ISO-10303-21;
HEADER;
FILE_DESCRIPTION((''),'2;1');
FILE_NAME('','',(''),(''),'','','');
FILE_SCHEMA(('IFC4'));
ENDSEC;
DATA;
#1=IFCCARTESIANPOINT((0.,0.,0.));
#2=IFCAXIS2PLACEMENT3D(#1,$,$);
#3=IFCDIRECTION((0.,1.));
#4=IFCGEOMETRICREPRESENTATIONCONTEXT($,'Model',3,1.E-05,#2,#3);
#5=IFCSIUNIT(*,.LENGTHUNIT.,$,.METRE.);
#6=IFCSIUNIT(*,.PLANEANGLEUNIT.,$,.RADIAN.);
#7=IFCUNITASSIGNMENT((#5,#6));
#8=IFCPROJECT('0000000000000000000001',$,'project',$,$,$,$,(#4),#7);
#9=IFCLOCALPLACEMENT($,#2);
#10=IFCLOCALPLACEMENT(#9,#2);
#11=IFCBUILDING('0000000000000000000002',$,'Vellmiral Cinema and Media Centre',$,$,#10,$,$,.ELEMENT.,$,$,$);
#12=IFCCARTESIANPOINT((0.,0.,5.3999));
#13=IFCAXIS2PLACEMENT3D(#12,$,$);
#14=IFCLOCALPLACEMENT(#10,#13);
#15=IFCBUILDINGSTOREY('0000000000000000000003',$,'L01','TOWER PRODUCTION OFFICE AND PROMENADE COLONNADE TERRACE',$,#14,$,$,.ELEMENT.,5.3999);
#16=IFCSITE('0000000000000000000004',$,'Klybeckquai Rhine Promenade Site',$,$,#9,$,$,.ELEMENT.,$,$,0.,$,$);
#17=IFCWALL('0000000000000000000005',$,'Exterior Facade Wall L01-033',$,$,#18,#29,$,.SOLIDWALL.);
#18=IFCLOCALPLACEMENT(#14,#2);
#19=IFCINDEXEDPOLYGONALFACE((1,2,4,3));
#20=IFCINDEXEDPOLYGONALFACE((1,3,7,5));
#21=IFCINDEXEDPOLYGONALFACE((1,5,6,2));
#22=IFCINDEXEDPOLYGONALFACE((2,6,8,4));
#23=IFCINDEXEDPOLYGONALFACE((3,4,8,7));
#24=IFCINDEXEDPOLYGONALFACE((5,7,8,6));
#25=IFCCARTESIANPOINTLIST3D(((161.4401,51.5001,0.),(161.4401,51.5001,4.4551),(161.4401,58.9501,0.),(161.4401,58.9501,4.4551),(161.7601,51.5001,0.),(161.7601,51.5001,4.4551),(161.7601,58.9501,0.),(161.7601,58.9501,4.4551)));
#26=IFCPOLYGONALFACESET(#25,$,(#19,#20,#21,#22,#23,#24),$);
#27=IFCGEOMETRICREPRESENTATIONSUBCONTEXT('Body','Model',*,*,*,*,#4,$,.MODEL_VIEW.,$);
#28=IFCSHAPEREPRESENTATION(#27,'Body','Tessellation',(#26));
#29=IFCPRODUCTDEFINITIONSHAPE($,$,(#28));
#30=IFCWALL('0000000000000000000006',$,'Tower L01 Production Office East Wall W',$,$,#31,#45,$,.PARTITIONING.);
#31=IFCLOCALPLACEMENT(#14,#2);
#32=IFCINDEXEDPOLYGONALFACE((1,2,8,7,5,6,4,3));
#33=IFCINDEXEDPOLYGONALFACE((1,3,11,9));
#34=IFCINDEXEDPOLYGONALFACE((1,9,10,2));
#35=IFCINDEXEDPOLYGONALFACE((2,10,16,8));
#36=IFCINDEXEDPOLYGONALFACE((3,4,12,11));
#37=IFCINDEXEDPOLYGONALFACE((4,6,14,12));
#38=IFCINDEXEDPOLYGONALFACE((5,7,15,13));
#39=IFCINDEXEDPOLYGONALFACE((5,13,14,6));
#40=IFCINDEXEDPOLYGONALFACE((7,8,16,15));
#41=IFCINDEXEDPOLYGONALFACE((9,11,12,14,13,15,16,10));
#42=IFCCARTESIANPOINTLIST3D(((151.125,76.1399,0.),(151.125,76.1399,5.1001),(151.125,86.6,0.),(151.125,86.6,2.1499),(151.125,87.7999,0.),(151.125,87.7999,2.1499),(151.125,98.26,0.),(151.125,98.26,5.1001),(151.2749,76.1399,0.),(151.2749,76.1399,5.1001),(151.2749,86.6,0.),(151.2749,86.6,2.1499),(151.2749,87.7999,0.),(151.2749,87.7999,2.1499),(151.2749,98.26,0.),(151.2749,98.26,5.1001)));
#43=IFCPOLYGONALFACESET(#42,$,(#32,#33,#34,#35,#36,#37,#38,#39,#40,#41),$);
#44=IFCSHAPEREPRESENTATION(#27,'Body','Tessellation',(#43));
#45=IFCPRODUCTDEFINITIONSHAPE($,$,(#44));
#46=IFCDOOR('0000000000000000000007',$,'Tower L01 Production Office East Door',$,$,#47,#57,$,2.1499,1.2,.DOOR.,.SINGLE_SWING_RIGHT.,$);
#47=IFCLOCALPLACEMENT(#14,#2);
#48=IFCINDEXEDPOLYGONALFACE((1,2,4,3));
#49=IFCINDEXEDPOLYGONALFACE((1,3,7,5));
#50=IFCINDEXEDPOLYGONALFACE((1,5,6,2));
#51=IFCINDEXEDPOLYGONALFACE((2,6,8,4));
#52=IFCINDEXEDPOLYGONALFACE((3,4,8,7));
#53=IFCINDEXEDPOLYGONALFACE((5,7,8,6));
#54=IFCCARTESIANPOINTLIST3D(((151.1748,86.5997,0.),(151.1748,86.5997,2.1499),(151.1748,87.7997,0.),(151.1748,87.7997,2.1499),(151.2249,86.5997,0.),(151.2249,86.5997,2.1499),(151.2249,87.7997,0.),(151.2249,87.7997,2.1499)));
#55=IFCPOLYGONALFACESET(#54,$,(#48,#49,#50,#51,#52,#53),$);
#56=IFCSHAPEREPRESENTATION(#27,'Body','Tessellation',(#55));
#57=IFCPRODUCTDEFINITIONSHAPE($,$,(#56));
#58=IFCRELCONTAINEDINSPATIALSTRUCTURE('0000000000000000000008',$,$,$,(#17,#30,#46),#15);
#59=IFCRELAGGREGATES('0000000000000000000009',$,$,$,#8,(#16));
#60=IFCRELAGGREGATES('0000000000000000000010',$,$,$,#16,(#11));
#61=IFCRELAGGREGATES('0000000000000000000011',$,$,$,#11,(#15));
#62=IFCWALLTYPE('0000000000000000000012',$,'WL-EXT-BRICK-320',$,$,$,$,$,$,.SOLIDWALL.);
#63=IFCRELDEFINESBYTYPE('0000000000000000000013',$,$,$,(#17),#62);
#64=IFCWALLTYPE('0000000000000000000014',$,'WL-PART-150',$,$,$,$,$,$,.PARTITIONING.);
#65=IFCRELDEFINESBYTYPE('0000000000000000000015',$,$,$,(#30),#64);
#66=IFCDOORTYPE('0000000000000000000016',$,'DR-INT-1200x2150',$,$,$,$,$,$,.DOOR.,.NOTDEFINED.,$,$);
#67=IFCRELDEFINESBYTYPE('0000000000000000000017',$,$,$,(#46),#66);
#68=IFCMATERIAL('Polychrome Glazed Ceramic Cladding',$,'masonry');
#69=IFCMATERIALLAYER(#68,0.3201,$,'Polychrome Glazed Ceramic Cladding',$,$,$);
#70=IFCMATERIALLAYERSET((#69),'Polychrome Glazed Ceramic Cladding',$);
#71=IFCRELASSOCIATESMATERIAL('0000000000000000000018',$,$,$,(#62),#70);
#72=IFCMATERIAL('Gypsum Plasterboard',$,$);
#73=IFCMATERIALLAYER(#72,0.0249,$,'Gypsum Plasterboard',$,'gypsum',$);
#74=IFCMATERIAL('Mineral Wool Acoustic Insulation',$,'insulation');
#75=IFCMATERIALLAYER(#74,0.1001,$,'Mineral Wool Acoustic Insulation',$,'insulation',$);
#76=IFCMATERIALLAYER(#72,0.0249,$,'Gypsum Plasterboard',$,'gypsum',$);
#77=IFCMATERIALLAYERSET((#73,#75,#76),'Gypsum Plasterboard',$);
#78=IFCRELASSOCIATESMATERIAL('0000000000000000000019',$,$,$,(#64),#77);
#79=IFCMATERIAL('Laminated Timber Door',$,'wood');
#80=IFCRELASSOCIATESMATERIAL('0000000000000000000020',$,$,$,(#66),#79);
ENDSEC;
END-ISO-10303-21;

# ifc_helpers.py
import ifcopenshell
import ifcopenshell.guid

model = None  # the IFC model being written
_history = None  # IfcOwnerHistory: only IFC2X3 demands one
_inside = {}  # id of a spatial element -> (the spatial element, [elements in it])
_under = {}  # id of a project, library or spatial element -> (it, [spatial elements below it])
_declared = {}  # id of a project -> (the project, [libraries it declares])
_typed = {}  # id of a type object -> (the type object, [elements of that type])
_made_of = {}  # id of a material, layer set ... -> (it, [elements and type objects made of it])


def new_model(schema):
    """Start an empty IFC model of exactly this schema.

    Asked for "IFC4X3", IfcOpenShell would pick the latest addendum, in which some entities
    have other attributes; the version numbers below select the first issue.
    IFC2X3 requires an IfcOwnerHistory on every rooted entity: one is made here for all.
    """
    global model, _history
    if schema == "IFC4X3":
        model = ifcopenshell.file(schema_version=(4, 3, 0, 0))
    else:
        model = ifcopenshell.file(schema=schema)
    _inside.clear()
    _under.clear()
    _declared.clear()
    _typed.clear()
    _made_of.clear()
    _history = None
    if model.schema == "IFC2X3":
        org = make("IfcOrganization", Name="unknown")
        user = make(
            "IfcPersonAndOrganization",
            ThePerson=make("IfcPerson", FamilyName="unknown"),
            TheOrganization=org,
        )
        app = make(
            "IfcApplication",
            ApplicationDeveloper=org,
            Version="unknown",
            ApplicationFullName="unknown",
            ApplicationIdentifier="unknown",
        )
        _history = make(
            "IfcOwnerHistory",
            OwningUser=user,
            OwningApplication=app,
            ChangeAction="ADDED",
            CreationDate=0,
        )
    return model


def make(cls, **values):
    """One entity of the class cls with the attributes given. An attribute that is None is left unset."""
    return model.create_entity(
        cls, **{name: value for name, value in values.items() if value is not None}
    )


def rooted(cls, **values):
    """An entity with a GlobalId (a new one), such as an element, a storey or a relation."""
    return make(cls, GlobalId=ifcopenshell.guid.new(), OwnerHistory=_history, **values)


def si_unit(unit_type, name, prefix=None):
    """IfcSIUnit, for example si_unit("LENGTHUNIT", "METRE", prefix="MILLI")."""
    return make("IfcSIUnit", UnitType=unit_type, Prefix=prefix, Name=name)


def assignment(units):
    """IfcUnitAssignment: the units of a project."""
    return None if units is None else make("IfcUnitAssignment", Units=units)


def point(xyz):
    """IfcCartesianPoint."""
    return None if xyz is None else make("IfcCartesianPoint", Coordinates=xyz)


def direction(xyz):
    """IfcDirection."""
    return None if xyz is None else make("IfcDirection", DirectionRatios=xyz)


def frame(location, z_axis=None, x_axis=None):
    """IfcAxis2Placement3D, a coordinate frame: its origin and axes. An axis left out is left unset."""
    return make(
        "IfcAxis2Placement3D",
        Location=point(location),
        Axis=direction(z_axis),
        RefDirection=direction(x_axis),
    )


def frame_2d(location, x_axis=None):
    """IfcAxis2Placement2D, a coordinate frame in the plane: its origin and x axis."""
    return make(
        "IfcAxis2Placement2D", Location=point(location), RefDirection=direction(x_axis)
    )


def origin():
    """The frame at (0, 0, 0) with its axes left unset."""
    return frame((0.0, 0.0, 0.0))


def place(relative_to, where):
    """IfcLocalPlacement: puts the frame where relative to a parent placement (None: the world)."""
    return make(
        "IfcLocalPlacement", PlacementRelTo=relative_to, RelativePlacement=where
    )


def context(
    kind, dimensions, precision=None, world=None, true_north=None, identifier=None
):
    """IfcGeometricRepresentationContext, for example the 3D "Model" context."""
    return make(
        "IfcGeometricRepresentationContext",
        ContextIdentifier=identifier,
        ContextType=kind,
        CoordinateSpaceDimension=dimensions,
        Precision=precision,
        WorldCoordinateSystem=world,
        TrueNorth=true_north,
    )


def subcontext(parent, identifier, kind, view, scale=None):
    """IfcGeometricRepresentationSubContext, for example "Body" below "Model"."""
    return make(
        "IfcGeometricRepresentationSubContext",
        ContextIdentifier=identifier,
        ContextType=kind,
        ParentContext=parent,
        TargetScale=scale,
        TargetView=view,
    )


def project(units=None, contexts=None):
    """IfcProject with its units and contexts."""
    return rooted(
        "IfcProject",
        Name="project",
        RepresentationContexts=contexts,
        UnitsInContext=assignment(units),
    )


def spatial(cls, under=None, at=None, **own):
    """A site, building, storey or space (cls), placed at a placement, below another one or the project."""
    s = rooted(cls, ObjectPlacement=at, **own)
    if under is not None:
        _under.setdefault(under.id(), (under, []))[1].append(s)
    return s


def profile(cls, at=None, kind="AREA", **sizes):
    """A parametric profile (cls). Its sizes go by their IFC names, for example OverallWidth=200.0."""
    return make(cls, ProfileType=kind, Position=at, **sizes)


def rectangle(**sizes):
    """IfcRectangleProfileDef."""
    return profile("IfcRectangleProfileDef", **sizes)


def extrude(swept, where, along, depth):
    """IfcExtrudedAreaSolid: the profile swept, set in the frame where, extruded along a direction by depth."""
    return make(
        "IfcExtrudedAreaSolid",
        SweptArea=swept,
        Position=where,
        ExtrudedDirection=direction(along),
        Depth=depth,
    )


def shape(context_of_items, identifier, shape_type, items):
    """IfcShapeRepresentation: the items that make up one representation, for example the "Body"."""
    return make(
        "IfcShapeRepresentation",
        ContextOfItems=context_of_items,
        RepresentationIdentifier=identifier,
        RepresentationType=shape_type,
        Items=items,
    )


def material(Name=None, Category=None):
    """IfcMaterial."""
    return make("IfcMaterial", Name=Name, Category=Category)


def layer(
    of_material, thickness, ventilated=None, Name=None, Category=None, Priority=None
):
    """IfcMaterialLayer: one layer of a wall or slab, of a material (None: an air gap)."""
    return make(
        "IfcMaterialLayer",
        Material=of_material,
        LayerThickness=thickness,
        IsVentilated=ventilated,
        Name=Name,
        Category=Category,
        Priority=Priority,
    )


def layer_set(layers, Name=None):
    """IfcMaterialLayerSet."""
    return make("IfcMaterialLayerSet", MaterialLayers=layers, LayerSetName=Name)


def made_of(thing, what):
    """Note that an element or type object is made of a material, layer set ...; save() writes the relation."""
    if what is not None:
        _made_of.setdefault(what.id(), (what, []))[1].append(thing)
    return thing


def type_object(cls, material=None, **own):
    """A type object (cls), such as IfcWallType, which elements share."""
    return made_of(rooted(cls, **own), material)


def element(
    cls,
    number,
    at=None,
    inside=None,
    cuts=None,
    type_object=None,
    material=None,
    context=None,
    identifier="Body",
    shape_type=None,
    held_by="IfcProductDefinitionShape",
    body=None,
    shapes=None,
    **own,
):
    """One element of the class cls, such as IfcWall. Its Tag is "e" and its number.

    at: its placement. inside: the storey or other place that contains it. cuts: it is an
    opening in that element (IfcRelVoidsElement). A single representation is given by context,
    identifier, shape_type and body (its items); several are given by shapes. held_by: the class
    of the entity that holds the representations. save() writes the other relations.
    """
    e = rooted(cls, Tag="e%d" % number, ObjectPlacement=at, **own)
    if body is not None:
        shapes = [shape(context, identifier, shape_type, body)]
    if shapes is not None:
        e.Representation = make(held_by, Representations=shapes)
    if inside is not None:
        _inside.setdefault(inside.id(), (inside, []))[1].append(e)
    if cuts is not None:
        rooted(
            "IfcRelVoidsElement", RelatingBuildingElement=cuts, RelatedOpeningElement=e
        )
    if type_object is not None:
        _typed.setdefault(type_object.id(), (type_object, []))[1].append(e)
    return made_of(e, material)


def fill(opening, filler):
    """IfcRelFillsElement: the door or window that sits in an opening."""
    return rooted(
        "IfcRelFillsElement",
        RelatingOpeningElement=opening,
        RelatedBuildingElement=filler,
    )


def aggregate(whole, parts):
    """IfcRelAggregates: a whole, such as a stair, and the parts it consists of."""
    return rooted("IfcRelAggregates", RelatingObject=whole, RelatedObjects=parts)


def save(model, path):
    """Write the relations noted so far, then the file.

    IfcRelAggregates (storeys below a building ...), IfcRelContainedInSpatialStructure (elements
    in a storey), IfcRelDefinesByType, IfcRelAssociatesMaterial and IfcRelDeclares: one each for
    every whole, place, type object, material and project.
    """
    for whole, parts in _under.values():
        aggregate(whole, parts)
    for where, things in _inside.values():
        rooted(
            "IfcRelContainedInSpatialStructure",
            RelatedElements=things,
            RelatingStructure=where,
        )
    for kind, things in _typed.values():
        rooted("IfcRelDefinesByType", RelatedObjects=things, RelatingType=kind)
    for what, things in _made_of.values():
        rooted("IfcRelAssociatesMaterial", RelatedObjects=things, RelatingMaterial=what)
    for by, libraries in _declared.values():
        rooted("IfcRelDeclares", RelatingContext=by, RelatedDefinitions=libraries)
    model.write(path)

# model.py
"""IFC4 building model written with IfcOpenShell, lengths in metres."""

from ifc_helpers import new_model, si_unit, direction, frame, frame_2d, origin, place, context, subcontext, project, spatial, rectangle, extrude, material, layer, layer_set, type_object, element, fill, save


model = new_model("IFC4")

# Units and contexts
model_context = context("Model", 3, precision=1e-05, world=origin(), true_north=direction((0.0, 1.0)))
body_context = subcontext(model_context, "Body", "Model", "MODEL_VIEW")
ifc_project = project(units=[si_unit("LENGTHUNIT", "METRE"), si_unit("PLANEANGLEUNIT", "RADIAN")], contexts=[model_context])

# Site, building, storey
site_placement = place(None, origin())
site = spatial("IfcSite", under=ifc_project, at=site_placement, Name="Klybeckquai Rhine Promenade Site", CompositionType="ELEMENT", RefElevation=0.0)
building_placement = place(site_placement, origin())
building = spatial("IfcBuilding", under=site, at=building_placement, Name="Vellmiral Cinema and Media Centre", CompositionType="ELEMENT")
storey_placement = place(building_placement, frame((0.0, 0.0, 5.3999)))
storey = spatial("IfcBuildingStorey", under=building, at=storey_placement, Name="L01", Description="TOWER PRODUCTION OFFICE AND PROMENADE COLONNADE TERRACE", CompositionType="ELEMENT", Elevation=5.3999)

# Wall
ifc_material_1 = material(Name="Polychrome Glazed Ceramic Cladding", Category="masonry")
ifc_layer_1 = layer(ifc_material_1, 0.3201, Name="Polychrome Glazed Ceramic Cladding")
ifc_layer_set_1 = layer_set([ifc_layer_1], Name="Polychrome Glazed Ceramic Cladding")
wall_type_1 = type_object("IfcWallType", Name="WL-EXT-BRICK-320", PredefinedType="SOLIDWALL", material=ifc_layer_set_1)
wall_1_placement = place(storey_placement, frame((161.6001, 51.5, 0.0), z_axis=(0.0, 0.0, 1.0), x_axis=(0.0, 1.0, 0.0)))
element("IfcWall", 1, at=wall_1_placement, inside=storey, type_object=wall_type_1, Name="Exterior Facade Wall L01-033", PredefinedType="SOLIDWALL", context=body_context, shape_type="SweptSolid", body=[
    extrude(rectangle(XDim=7.45, YDim=0.3201, at=frame_2d((3.7251, 0.0))), origin(), (0.0, 0.0, 1.0), 4.4551),
])

# Wall, opening, door
ifc_material_2 = material(Name="Gypsum Plasterboard")
ifc_layer_2 = layer(ifc_material_2, 0.0249, Name="Gypsum Plasterboard", Category="gypsum")
ifc_material_3 = material(Name="Mineral Wool Acoustic Insulation", Category="insulation")
ifc_layer_3 = layer(ifc_material_3, 0.1001, Name="Mineral Wool Acoustic Insulation", Category="insulation")
ifc_layer_4 = layer(ifc_material_2, 0.0249, Name="Gypsum Plasterboard", Category="gypsum")
ifc_layer_set_2 = layer_set([ifc_layer_2, ifc_layer_3, ifc_layer_4], Name="Gypsum Plasterboard")
wall_type_2 = type_object("IfcWallType", Name="WL-PART-150", PredefinedType="PARTITIONING", material=ifc_layer_set_2)
wall_2_placement = place(storey_placement, frame((151.2, 76.1399, 0.0), z_axis=(0.0, 0.0, 1.0), x_axis=(0.0, 1.0, 0.0)))
wall_2 = element("IfcWall", 2, at=wall_2_placement, inside=storey, type_object=wall_type_2, Name="Tower L01 Production Office East Wall W", PredefinedType="PARTITIONING", context=body_context, shape_type="SweptSolid", body=[
    extrude(rectangle(XDim=22.1201, YDim=0.1499, at=frame_2d((11.0601, 0.0))), origin(), (0.0, 0.0, 1.0), 5.1001),
])
opening_placement = place(wall_2_placement, frame((10.46, 0.0, 0.0)))
opening = element("IfcOpeningElement", 3, at=opening_placement, cuts=wall_2, PredefinedType="OPENING", context=body_context, shape_type="SweptSolid", body=[
    extrude(rectangle(XDim=1.2, YDim=2.1499, at=frame_2d((0.6001, 1.075))), frame((0.0, 0.0869, 0.0), z_axis=(0.0, -1.0, 0.0), x_axis=(1.0, 0.0, 0.0)), (0.0, 0.0, 1.0), 0.1738),
])
ifc_material_4 = material(Name="Laminated Timber Door", Category="wood")
door_type = type_object("IfcDoorType", Name="DR-INT-1200x2150", OperationType="NOTDEFINED", PredefinedType="DOOR", material=ifc_material_4)
door_placement = place(opening_placement, frame((1.2, 0.0, 0.0), z_axis=(0.0, 0.0, 1.0), x_axis=(-1.0, 0.0, 0.0)))
door = element("IfcDoor", 4, at=door_placement, inside=storey, type_object=door_type, Name="Tower L01 Production Office East Door", OperationType="SINGLE_SWING_RIGHT", OverallHeight=2.1499, OverallWidth=1.2, PredefinedType="DOOR", context=body_context, shape_type="SweptSolid", body=[
    extrude(rectangle(XDim=1.2, YDim=2.1499, at=frame_2d((0.6001, 1.075))), frame((0.0, 0.0249, 0.0), z_axis=(0.0, -1.0, 0.0), x_axis=(1.0, 0.0, 0.0)), (0.0, 0.0, 1.0), 0.05),
])
fill(opening, door)

save(model, "model.ifc")
